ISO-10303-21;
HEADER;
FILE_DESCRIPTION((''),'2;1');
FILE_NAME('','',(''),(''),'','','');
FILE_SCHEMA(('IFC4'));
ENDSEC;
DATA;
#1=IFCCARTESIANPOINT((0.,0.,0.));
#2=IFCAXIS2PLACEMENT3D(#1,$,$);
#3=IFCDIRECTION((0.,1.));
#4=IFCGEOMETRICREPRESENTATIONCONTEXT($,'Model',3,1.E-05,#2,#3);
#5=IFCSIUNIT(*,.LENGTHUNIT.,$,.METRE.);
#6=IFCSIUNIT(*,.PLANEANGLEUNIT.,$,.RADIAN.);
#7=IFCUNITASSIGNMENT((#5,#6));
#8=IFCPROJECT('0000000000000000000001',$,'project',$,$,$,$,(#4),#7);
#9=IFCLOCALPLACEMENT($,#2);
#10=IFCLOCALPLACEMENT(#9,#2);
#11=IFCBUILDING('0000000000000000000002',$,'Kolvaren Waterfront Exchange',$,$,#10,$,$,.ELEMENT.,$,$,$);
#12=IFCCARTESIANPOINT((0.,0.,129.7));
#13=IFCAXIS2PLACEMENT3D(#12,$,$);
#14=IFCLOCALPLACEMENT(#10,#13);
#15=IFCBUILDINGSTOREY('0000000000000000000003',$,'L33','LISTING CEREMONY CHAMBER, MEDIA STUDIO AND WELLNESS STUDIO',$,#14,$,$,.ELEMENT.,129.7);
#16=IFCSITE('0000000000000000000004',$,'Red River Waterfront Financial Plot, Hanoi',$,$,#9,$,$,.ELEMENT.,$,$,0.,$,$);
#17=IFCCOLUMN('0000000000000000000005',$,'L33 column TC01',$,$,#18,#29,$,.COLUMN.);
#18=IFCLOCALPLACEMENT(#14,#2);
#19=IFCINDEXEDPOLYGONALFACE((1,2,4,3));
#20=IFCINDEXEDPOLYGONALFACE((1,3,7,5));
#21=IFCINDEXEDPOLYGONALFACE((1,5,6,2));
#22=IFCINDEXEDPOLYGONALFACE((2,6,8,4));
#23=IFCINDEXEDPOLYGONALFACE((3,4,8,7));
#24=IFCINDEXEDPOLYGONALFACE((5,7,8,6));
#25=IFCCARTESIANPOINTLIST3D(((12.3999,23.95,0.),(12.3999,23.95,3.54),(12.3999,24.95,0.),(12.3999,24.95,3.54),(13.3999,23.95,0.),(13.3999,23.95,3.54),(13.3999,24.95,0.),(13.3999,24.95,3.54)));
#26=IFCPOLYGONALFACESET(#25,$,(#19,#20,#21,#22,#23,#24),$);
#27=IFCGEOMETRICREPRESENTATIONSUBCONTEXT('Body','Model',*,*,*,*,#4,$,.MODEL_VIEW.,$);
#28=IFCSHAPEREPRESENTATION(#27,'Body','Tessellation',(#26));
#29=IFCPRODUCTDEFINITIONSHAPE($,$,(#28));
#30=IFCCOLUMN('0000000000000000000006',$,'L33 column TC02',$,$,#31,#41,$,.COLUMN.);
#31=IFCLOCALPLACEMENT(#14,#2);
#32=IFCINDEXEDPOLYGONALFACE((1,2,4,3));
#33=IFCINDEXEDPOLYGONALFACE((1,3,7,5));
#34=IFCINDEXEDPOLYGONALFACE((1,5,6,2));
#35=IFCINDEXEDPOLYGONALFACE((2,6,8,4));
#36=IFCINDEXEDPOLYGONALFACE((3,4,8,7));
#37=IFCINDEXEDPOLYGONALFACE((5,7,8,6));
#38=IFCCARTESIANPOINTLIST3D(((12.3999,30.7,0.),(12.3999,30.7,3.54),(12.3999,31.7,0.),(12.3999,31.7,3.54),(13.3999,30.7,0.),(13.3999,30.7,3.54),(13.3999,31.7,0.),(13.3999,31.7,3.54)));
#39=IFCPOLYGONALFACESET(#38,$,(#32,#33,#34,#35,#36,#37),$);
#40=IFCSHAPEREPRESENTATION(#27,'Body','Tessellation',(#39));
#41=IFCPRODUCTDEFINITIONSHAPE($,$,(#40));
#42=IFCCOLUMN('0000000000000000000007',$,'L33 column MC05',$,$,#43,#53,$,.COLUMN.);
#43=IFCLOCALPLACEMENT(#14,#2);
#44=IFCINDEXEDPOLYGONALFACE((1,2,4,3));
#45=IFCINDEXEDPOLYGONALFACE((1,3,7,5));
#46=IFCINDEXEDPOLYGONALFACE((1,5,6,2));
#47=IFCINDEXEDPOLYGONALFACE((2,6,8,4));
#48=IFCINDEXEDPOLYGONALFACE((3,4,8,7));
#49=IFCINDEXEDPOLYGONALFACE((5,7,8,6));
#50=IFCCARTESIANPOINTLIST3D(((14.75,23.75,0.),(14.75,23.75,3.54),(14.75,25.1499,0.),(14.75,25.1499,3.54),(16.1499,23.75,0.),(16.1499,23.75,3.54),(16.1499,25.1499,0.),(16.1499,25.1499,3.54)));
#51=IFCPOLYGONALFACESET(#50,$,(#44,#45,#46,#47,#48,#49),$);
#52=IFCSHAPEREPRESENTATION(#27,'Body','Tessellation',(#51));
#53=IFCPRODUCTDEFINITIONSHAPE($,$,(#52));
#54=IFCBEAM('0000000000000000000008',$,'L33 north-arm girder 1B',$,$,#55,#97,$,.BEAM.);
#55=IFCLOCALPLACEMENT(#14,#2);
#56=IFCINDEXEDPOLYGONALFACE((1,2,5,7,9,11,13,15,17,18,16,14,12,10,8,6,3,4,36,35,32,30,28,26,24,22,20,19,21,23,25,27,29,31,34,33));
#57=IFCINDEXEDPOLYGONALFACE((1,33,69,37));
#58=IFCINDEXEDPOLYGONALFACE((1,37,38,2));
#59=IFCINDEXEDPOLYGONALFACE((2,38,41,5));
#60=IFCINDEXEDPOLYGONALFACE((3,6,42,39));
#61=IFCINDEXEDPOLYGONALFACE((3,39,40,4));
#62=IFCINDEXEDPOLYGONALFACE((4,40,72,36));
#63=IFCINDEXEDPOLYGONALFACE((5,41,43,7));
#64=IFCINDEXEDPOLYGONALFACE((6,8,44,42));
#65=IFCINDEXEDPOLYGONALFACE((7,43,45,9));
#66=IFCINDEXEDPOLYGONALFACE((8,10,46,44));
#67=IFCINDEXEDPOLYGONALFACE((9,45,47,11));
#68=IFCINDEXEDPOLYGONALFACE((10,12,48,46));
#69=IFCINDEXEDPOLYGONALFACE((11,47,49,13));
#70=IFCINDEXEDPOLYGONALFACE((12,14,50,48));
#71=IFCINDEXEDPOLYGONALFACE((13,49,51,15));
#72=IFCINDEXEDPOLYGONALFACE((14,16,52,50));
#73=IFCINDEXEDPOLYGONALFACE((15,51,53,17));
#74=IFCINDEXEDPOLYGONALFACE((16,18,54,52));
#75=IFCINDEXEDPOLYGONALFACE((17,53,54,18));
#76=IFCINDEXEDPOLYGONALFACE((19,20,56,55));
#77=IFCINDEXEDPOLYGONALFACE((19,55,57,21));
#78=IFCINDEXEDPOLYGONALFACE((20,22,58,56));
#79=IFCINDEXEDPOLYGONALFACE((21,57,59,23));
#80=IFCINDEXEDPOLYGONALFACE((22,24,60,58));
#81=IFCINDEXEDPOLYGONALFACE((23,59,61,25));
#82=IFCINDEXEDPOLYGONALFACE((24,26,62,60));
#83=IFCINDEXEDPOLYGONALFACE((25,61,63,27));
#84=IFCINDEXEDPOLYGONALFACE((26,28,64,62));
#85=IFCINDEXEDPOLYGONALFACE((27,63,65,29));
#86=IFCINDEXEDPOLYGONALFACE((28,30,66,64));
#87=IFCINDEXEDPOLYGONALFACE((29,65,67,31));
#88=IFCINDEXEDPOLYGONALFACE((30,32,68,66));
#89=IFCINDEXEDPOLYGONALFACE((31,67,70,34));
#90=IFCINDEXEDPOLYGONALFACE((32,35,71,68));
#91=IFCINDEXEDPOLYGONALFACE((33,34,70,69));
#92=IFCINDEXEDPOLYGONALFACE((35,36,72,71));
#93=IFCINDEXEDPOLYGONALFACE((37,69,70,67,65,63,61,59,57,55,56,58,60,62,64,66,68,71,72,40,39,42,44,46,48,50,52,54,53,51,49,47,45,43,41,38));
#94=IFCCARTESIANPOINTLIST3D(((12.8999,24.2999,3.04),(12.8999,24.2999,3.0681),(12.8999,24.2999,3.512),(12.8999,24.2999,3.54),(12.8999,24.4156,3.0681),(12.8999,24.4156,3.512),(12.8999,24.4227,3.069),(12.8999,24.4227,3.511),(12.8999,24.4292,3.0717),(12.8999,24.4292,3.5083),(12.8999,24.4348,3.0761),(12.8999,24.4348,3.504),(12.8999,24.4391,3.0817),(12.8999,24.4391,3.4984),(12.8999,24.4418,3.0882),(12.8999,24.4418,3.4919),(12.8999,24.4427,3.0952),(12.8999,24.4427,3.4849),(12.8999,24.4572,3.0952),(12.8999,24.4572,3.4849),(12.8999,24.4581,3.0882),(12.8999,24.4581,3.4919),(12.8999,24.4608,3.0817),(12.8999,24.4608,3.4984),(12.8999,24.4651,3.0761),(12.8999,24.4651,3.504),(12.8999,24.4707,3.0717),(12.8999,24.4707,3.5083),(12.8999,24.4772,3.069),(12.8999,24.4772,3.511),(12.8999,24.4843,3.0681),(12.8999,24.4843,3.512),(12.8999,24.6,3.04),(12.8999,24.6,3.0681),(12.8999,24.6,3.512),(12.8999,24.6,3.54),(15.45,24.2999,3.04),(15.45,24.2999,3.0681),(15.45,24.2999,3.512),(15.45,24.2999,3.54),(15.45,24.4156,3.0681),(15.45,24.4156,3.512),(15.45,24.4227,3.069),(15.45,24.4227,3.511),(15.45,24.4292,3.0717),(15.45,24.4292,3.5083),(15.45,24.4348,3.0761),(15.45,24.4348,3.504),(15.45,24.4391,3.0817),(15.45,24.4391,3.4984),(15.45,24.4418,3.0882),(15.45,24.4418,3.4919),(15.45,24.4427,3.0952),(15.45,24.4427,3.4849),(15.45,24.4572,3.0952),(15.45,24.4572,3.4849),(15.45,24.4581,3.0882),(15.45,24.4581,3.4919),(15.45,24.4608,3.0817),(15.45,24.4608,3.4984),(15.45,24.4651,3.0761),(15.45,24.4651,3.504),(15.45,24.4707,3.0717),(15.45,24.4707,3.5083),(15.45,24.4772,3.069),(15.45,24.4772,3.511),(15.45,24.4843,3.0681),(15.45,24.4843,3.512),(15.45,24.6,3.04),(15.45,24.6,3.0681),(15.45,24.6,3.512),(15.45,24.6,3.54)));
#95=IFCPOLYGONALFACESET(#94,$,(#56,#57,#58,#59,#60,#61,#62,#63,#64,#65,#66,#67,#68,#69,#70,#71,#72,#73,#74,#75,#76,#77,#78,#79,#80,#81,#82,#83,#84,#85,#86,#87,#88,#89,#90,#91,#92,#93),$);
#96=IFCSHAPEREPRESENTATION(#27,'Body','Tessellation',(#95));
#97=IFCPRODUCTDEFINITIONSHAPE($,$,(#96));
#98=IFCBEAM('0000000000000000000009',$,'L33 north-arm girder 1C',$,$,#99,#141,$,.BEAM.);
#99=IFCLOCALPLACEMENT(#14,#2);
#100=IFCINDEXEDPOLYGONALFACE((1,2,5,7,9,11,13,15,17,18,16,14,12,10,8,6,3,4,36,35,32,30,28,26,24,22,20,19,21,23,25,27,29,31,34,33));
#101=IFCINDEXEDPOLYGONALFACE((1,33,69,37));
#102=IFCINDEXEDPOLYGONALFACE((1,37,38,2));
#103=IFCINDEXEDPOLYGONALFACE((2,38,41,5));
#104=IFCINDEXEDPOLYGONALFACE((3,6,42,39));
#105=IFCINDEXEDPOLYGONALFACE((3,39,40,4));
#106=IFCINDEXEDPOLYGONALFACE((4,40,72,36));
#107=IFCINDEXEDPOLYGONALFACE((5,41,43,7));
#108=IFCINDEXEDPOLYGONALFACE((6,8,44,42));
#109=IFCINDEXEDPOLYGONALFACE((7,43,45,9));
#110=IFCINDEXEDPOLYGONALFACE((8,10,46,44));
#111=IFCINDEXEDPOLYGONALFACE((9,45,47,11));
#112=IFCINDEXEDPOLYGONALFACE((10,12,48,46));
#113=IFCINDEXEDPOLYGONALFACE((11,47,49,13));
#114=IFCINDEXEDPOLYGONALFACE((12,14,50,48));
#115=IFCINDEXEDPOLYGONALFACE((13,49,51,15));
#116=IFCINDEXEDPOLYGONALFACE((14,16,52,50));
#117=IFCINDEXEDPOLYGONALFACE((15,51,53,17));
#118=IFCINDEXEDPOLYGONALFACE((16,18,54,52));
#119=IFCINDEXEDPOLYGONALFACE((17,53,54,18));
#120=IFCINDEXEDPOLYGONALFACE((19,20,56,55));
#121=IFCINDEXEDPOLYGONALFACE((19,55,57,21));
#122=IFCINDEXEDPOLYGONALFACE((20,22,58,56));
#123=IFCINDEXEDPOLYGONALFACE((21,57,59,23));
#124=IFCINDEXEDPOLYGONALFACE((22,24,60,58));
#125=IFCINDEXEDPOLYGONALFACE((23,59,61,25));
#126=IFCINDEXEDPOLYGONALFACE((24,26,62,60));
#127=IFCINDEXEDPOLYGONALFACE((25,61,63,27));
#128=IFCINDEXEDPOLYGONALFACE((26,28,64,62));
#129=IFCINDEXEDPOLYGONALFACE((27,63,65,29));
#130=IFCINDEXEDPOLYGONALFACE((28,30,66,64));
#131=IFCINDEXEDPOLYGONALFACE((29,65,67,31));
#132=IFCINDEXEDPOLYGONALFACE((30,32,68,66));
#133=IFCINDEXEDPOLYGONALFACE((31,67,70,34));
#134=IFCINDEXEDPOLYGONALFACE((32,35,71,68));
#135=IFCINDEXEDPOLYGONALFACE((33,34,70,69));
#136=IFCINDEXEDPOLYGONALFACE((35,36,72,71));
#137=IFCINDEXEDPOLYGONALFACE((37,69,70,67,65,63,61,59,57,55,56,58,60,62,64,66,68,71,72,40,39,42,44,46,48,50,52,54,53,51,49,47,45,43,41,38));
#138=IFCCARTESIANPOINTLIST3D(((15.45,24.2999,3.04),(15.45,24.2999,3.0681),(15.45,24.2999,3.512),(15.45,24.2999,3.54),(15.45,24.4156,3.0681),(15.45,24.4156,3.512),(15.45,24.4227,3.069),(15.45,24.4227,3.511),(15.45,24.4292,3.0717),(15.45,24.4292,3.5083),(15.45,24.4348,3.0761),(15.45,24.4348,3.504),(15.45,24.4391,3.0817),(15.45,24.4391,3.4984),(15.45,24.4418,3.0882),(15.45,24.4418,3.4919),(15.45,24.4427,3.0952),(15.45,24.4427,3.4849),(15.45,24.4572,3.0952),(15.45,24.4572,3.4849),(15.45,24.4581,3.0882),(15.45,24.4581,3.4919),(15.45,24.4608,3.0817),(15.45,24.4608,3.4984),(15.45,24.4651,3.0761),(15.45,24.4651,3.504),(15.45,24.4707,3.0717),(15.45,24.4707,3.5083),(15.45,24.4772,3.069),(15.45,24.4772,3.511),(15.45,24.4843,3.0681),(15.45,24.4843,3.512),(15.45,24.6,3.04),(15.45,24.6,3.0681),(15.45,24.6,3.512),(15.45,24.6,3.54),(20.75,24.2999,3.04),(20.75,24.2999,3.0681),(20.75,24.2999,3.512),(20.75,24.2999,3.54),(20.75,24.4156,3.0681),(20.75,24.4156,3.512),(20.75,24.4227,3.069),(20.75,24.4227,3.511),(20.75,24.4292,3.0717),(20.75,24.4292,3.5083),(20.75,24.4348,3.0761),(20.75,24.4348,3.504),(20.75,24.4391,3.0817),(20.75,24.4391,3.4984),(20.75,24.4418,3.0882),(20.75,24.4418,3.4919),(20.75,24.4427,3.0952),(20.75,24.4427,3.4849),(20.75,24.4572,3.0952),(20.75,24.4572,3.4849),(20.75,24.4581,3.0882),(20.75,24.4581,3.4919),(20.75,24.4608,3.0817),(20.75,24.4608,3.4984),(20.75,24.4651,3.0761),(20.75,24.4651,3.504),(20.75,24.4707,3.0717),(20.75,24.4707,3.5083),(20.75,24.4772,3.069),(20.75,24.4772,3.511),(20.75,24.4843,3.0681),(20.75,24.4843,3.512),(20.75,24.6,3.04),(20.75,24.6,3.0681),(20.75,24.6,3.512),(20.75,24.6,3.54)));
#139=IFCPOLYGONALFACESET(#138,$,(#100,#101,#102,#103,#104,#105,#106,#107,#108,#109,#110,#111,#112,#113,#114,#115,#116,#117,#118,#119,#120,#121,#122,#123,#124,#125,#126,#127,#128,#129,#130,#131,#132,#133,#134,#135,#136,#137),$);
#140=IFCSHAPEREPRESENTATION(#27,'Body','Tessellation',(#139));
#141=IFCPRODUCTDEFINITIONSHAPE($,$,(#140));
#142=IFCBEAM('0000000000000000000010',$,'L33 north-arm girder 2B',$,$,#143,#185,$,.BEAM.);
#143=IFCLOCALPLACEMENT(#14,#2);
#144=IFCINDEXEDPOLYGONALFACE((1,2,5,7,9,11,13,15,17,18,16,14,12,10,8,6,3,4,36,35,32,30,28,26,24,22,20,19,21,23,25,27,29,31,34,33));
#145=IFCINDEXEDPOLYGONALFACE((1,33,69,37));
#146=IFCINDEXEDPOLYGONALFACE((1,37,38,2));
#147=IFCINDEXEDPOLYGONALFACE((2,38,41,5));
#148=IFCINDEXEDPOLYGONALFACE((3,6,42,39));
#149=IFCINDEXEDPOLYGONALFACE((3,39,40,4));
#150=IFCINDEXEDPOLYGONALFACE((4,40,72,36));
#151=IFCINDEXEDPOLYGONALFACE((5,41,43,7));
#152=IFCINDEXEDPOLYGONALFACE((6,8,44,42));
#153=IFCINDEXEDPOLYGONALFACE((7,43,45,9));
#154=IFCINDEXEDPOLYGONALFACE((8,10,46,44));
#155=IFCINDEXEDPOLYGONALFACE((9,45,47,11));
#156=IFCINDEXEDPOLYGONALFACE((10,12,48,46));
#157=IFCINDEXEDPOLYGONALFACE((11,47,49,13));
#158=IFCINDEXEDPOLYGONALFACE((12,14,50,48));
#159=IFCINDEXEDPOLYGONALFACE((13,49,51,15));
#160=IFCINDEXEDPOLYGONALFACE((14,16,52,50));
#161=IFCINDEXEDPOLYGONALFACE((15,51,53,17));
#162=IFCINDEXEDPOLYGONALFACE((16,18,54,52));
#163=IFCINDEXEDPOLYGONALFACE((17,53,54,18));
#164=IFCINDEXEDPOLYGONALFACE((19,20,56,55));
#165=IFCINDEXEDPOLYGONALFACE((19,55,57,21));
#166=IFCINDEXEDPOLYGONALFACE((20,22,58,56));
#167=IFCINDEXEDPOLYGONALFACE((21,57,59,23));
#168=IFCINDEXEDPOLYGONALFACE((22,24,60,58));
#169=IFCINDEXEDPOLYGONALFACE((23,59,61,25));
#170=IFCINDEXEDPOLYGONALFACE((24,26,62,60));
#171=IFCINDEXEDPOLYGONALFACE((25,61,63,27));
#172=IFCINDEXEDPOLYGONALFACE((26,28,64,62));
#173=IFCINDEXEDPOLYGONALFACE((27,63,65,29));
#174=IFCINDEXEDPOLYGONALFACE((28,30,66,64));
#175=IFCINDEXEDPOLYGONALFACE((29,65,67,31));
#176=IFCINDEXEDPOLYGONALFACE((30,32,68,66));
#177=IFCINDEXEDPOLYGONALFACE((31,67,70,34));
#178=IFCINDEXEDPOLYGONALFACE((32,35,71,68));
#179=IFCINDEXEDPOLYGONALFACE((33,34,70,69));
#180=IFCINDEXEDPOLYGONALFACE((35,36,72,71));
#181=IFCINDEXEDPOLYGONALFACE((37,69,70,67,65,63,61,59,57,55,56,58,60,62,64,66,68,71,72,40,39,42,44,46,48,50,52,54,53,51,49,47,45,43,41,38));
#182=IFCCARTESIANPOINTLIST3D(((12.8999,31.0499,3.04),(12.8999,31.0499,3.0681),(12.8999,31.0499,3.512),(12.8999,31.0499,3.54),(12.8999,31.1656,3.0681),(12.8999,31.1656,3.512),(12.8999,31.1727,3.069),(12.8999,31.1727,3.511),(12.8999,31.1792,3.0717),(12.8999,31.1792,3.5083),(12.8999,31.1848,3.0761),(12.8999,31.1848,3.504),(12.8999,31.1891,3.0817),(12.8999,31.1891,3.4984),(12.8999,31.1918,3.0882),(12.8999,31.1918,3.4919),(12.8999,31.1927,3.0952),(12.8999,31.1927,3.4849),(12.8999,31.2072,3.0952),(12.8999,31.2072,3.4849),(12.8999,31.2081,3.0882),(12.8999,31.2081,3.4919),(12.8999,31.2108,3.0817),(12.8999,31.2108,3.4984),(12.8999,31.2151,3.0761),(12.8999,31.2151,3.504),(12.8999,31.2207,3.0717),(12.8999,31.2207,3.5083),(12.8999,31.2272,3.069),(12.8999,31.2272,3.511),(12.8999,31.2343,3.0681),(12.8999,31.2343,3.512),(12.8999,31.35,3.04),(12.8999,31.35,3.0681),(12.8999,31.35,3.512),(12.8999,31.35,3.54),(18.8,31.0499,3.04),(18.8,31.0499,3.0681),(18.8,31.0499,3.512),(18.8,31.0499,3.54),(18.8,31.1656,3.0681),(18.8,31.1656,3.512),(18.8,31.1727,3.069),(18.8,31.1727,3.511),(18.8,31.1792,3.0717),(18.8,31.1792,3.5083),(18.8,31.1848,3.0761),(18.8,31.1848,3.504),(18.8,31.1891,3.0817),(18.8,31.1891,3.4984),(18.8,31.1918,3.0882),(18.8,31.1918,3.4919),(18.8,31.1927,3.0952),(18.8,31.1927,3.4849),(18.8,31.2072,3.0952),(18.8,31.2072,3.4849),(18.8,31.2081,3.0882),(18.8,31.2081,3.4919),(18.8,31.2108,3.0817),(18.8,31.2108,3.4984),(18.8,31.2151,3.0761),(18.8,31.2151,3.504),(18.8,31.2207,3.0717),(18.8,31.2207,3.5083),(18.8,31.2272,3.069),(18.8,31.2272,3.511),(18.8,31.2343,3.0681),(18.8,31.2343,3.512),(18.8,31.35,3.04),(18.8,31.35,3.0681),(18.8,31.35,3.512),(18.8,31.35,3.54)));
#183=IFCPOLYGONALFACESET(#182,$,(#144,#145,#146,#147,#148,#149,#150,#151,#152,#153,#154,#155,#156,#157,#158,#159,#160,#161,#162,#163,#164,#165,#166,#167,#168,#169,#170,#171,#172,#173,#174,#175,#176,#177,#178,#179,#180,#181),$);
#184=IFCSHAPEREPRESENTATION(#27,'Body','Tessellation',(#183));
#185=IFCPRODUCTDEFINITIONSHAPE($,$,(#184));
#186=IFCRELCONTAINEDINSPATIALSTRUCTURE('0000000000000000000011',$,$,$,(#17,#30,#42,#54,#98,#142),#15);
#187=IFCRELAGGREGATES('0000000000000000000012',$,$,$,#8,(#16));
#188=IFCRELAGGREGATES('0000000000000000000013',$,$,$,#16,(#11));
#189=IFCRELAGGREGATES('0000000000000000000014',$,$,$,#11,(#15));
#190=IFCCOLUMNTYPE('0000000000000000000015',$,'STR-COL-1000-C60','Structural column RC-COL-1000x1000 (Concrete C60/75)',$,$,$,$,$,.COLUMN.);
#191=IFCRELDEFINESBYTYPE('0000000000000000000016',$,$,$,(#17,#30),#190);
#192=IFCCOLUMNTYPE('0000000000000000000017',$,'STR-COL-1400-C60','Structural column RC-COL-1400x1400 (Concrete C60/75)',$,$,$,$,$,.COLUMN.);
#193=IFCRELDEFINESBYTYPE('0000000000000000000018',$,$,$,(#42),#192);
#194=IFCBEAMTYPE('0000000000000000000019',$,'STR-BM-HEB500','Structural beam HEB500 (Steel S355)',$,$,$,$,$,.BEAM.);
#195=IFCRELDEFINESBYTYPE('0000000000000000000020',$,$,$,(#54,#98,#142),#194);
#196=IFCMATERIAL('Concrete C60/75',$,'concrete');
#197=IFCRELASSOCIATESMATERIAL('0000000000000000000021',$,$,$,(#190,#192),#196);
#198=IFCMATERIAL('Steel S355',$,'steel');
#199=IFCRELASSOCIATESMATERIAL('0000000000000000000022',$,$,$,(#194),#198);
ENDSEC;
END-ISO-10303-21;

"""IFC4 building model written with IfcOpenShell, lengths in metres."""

from ifc_helpers import new_model, si_unit, direction, frame, origin, origin_2d, place, context, subcontext, project, spatial, rectangle, i_section, extrude, material, material_profile, profile_set, type_object, element, save


model = new_model("IFC4")

# Units and contexts
model_context = context("Model", 3, precision=1e-05, world=origin(), true_north=direction((0.0, 1.0)))
body_context = subcontext(model_context, "Body", "Model", "MODEL_VIEW")
ifc_project = project(units=[si_unit("LENGTHUNIT", "METRE"), si_unit("PLANEANGLEUNIT", "RADIAN")], contexts=[model_context])

# Site, building, storey
site_placement = place(None, origin())
site = spatial("IfcSite", under=ifc_project, at=site_placement, Name="Red River Waterfront Financial Plot, Hanoi", CompositionType="ELEMENT", RefElevation=0.0)
building_placement = place(site_placement, origin())
building = spatial("IfcBuilding", under=site, at=building_placement, Name="Kolvaren Waterfront Exchange", CompositionType="ELEMENT")
storey_placement = place(building_placement, frame((0.0, 0.0, 129.7)))
storey = spatial("IfcBuildingStorey", under=building, at=storey_placement, Name="L33", Description="LISTING CEREMONY CHAMBER, MEDIA STUDIO AND WELLNESS STUDIO", CompositionType="ELEMENT", Elevation=129.7)

# Columns
ifc_material_1 = material(Name="Concrete C60/75", Category="concrete")
ifc_material_profile_1 = material_profile(ifc_material_1, rectangle(XDim=1.0, YDim=1.0, at=origin_2d()), Name="RC-COL-1000x1000")
ifc_profile_set_1 = profile_set([ifc_material_profile_1], Name="Concrete C60/75")
column_type_1 = type_object("IfcColumnType", Name="STR-COL-1000-C60", Description="Structural column RC-COL-1000x1000 (Concrete C60/75)", PredefinedType="COLUMN", material=ifc_profile_set_1)
for number, where, z_axis, x_axis, name in (
    (1, (12.8999, 24.45, 0.0), (0.0, 0.0, 1.0), (1.0, 0.0, 0.0), "L33 column TC01"),
    (2, (12.8999, 31.2, 0.0), (0.0, 0.0, 1.0), (1.0, 0.0, 0.0), "L33 column TC02"),
):
    element("IfcColumn", number, at=place(storey_placement, frame(where, z_axis=z_axis, x_axis=x_axis)), inside=storey, type_object=column_type_1, Name=name, PredefinedType="COLUMN", context=body_context, shape_type="SweptSolid", body=[
        extrude(rectangle(XDim=1.0, YDim=1.0, at=origin_2d()), origin(), (0.0, 0.0, 1.0), 3.54),
    ])
ifc_material_profile_2 = material_profile(ifc_material_1, rectangle(XDim=1.3999, YDim=1.3999, at=origin_2d()), Name="RC-COL-1400x1400")
ifc_profile_set_2 = profile_set([ifc_material_profile_2], Name="Concrete C60/75")
column_type_2 = type_object("IfcColumnType", Name="STR-COL-1400-C60", Description="Structural column RC-COL-1400x1400 (Concrete C60/75)", PredefinedType="COLUMN", material=ifc_profile_set_2)
column_placement = place(storey_placement, frame((15.45, 24.45, 0.0), z_axis=(0.0, 0.0, 1.0), x_axis=(1.0, 0.0, 0.0)))
element("IfcColumn", 3, at=column_placement, inside=storey, type_object=column_type_2, Name="L33 column MC05", PredefinedType="COLUMN", context=body_context, shape_type="SweptSolid", body=[
    extrude(rectangle(XDim=1.3999, YDim=1.3999, at=origin_2d()), origin(), (0.0, 0.0, 1.0), 3.54),
])

# Beams
ifc_material_2 = material(Name="Steel S355", Category="steel")
ifc_material_profile_3 = material_profile(ifc_material_2, i_section(OverallWidth=0.3, OverallDepth=0.5, WebThickness=0.0144, FlangeThickness=0.0281, FilletRadius=0.0271, at=origin_2d()), Name="HEB500")
ifc_profile_set_3 = profile_set([ifc_material_profile_3], Name="Steel S355")
beam_type_1 = type_object("IfcBeamType", Name="STR-BM-HEB500", Description="Structural beam HEB500 (Steel S355)", PredefinedType="BEAM", material=ifc_profile_set_3)
beam_1_placement = place(storey_placement, frame((12.8999, 24.45, 3.29), z_axis=(1.0, 0.0, 0.0), x_axis=(0.0, 1.0, 0.0)))
element("IfcBeam", 4, at=beam_1_placement, inside=storey, type_object=beam_type_1, Name="L33 north-arm girder 1B", PredefinedType="BEAM", context=body_context, shape_type="SweptSolid", body=[
    extrude(i_section(OverallWidth=0.3, OverallDepth=0.5, WebThickness=0.0144, FlangeThickness=0.0281, FilletRadius=0.0271, at=origin_2d()), origin(), (0.0, 0.0, 1.0), 2.55),
])
beam_2_placement = place(storey_placement, frame((15.45, 24.45, 3.29), z_axis=(1.0, 0.0, 0.0), x_axis=(0.0, 1.0, 0.0)))
element("IfcBeam", 5, at=beam_2_placement, inside=storey, type_object=beam_type_1, Name="L33 north-arm girder 1C", PredefinedType="BEAM", context=body_context, shape_type="SweptSolid", body=[
    extrude(i_section(OverallWidth=0.3, OverallDepth=0.5, WebThickness=0.0144, FlangeThickness=0.0281, FilletRadius=0.0271, at=origin_2d()), origin(), (0.0, 0.0, 1.0), 5.3),
])
beam_3_placement = place(storey_placement, frame((12.8999, 31.2, 3.29), z_axis=(1.0, 0.0, 0.0), x_axis=(0.0, 1.0, 0.0)))
element("IfcBeam", 6, at=beam_3_placement, inside=storey, type_object=beam_type_1, Name="L33 north-arm girder 2B", PredefinedType="BEAM", context=body_context, shape_type="SweptSolid", body=[
    extrude(i_section(OverallWidth=0.3, OverallDepth=0.5, WebThickness=0.0144, FlangeThickness=0.0281, FilletRadius=0.0271, at=origin_2d()), origin(), (0.0, 0.0, 1.0), 5.9001),
])

save(model, "model.ifc")
